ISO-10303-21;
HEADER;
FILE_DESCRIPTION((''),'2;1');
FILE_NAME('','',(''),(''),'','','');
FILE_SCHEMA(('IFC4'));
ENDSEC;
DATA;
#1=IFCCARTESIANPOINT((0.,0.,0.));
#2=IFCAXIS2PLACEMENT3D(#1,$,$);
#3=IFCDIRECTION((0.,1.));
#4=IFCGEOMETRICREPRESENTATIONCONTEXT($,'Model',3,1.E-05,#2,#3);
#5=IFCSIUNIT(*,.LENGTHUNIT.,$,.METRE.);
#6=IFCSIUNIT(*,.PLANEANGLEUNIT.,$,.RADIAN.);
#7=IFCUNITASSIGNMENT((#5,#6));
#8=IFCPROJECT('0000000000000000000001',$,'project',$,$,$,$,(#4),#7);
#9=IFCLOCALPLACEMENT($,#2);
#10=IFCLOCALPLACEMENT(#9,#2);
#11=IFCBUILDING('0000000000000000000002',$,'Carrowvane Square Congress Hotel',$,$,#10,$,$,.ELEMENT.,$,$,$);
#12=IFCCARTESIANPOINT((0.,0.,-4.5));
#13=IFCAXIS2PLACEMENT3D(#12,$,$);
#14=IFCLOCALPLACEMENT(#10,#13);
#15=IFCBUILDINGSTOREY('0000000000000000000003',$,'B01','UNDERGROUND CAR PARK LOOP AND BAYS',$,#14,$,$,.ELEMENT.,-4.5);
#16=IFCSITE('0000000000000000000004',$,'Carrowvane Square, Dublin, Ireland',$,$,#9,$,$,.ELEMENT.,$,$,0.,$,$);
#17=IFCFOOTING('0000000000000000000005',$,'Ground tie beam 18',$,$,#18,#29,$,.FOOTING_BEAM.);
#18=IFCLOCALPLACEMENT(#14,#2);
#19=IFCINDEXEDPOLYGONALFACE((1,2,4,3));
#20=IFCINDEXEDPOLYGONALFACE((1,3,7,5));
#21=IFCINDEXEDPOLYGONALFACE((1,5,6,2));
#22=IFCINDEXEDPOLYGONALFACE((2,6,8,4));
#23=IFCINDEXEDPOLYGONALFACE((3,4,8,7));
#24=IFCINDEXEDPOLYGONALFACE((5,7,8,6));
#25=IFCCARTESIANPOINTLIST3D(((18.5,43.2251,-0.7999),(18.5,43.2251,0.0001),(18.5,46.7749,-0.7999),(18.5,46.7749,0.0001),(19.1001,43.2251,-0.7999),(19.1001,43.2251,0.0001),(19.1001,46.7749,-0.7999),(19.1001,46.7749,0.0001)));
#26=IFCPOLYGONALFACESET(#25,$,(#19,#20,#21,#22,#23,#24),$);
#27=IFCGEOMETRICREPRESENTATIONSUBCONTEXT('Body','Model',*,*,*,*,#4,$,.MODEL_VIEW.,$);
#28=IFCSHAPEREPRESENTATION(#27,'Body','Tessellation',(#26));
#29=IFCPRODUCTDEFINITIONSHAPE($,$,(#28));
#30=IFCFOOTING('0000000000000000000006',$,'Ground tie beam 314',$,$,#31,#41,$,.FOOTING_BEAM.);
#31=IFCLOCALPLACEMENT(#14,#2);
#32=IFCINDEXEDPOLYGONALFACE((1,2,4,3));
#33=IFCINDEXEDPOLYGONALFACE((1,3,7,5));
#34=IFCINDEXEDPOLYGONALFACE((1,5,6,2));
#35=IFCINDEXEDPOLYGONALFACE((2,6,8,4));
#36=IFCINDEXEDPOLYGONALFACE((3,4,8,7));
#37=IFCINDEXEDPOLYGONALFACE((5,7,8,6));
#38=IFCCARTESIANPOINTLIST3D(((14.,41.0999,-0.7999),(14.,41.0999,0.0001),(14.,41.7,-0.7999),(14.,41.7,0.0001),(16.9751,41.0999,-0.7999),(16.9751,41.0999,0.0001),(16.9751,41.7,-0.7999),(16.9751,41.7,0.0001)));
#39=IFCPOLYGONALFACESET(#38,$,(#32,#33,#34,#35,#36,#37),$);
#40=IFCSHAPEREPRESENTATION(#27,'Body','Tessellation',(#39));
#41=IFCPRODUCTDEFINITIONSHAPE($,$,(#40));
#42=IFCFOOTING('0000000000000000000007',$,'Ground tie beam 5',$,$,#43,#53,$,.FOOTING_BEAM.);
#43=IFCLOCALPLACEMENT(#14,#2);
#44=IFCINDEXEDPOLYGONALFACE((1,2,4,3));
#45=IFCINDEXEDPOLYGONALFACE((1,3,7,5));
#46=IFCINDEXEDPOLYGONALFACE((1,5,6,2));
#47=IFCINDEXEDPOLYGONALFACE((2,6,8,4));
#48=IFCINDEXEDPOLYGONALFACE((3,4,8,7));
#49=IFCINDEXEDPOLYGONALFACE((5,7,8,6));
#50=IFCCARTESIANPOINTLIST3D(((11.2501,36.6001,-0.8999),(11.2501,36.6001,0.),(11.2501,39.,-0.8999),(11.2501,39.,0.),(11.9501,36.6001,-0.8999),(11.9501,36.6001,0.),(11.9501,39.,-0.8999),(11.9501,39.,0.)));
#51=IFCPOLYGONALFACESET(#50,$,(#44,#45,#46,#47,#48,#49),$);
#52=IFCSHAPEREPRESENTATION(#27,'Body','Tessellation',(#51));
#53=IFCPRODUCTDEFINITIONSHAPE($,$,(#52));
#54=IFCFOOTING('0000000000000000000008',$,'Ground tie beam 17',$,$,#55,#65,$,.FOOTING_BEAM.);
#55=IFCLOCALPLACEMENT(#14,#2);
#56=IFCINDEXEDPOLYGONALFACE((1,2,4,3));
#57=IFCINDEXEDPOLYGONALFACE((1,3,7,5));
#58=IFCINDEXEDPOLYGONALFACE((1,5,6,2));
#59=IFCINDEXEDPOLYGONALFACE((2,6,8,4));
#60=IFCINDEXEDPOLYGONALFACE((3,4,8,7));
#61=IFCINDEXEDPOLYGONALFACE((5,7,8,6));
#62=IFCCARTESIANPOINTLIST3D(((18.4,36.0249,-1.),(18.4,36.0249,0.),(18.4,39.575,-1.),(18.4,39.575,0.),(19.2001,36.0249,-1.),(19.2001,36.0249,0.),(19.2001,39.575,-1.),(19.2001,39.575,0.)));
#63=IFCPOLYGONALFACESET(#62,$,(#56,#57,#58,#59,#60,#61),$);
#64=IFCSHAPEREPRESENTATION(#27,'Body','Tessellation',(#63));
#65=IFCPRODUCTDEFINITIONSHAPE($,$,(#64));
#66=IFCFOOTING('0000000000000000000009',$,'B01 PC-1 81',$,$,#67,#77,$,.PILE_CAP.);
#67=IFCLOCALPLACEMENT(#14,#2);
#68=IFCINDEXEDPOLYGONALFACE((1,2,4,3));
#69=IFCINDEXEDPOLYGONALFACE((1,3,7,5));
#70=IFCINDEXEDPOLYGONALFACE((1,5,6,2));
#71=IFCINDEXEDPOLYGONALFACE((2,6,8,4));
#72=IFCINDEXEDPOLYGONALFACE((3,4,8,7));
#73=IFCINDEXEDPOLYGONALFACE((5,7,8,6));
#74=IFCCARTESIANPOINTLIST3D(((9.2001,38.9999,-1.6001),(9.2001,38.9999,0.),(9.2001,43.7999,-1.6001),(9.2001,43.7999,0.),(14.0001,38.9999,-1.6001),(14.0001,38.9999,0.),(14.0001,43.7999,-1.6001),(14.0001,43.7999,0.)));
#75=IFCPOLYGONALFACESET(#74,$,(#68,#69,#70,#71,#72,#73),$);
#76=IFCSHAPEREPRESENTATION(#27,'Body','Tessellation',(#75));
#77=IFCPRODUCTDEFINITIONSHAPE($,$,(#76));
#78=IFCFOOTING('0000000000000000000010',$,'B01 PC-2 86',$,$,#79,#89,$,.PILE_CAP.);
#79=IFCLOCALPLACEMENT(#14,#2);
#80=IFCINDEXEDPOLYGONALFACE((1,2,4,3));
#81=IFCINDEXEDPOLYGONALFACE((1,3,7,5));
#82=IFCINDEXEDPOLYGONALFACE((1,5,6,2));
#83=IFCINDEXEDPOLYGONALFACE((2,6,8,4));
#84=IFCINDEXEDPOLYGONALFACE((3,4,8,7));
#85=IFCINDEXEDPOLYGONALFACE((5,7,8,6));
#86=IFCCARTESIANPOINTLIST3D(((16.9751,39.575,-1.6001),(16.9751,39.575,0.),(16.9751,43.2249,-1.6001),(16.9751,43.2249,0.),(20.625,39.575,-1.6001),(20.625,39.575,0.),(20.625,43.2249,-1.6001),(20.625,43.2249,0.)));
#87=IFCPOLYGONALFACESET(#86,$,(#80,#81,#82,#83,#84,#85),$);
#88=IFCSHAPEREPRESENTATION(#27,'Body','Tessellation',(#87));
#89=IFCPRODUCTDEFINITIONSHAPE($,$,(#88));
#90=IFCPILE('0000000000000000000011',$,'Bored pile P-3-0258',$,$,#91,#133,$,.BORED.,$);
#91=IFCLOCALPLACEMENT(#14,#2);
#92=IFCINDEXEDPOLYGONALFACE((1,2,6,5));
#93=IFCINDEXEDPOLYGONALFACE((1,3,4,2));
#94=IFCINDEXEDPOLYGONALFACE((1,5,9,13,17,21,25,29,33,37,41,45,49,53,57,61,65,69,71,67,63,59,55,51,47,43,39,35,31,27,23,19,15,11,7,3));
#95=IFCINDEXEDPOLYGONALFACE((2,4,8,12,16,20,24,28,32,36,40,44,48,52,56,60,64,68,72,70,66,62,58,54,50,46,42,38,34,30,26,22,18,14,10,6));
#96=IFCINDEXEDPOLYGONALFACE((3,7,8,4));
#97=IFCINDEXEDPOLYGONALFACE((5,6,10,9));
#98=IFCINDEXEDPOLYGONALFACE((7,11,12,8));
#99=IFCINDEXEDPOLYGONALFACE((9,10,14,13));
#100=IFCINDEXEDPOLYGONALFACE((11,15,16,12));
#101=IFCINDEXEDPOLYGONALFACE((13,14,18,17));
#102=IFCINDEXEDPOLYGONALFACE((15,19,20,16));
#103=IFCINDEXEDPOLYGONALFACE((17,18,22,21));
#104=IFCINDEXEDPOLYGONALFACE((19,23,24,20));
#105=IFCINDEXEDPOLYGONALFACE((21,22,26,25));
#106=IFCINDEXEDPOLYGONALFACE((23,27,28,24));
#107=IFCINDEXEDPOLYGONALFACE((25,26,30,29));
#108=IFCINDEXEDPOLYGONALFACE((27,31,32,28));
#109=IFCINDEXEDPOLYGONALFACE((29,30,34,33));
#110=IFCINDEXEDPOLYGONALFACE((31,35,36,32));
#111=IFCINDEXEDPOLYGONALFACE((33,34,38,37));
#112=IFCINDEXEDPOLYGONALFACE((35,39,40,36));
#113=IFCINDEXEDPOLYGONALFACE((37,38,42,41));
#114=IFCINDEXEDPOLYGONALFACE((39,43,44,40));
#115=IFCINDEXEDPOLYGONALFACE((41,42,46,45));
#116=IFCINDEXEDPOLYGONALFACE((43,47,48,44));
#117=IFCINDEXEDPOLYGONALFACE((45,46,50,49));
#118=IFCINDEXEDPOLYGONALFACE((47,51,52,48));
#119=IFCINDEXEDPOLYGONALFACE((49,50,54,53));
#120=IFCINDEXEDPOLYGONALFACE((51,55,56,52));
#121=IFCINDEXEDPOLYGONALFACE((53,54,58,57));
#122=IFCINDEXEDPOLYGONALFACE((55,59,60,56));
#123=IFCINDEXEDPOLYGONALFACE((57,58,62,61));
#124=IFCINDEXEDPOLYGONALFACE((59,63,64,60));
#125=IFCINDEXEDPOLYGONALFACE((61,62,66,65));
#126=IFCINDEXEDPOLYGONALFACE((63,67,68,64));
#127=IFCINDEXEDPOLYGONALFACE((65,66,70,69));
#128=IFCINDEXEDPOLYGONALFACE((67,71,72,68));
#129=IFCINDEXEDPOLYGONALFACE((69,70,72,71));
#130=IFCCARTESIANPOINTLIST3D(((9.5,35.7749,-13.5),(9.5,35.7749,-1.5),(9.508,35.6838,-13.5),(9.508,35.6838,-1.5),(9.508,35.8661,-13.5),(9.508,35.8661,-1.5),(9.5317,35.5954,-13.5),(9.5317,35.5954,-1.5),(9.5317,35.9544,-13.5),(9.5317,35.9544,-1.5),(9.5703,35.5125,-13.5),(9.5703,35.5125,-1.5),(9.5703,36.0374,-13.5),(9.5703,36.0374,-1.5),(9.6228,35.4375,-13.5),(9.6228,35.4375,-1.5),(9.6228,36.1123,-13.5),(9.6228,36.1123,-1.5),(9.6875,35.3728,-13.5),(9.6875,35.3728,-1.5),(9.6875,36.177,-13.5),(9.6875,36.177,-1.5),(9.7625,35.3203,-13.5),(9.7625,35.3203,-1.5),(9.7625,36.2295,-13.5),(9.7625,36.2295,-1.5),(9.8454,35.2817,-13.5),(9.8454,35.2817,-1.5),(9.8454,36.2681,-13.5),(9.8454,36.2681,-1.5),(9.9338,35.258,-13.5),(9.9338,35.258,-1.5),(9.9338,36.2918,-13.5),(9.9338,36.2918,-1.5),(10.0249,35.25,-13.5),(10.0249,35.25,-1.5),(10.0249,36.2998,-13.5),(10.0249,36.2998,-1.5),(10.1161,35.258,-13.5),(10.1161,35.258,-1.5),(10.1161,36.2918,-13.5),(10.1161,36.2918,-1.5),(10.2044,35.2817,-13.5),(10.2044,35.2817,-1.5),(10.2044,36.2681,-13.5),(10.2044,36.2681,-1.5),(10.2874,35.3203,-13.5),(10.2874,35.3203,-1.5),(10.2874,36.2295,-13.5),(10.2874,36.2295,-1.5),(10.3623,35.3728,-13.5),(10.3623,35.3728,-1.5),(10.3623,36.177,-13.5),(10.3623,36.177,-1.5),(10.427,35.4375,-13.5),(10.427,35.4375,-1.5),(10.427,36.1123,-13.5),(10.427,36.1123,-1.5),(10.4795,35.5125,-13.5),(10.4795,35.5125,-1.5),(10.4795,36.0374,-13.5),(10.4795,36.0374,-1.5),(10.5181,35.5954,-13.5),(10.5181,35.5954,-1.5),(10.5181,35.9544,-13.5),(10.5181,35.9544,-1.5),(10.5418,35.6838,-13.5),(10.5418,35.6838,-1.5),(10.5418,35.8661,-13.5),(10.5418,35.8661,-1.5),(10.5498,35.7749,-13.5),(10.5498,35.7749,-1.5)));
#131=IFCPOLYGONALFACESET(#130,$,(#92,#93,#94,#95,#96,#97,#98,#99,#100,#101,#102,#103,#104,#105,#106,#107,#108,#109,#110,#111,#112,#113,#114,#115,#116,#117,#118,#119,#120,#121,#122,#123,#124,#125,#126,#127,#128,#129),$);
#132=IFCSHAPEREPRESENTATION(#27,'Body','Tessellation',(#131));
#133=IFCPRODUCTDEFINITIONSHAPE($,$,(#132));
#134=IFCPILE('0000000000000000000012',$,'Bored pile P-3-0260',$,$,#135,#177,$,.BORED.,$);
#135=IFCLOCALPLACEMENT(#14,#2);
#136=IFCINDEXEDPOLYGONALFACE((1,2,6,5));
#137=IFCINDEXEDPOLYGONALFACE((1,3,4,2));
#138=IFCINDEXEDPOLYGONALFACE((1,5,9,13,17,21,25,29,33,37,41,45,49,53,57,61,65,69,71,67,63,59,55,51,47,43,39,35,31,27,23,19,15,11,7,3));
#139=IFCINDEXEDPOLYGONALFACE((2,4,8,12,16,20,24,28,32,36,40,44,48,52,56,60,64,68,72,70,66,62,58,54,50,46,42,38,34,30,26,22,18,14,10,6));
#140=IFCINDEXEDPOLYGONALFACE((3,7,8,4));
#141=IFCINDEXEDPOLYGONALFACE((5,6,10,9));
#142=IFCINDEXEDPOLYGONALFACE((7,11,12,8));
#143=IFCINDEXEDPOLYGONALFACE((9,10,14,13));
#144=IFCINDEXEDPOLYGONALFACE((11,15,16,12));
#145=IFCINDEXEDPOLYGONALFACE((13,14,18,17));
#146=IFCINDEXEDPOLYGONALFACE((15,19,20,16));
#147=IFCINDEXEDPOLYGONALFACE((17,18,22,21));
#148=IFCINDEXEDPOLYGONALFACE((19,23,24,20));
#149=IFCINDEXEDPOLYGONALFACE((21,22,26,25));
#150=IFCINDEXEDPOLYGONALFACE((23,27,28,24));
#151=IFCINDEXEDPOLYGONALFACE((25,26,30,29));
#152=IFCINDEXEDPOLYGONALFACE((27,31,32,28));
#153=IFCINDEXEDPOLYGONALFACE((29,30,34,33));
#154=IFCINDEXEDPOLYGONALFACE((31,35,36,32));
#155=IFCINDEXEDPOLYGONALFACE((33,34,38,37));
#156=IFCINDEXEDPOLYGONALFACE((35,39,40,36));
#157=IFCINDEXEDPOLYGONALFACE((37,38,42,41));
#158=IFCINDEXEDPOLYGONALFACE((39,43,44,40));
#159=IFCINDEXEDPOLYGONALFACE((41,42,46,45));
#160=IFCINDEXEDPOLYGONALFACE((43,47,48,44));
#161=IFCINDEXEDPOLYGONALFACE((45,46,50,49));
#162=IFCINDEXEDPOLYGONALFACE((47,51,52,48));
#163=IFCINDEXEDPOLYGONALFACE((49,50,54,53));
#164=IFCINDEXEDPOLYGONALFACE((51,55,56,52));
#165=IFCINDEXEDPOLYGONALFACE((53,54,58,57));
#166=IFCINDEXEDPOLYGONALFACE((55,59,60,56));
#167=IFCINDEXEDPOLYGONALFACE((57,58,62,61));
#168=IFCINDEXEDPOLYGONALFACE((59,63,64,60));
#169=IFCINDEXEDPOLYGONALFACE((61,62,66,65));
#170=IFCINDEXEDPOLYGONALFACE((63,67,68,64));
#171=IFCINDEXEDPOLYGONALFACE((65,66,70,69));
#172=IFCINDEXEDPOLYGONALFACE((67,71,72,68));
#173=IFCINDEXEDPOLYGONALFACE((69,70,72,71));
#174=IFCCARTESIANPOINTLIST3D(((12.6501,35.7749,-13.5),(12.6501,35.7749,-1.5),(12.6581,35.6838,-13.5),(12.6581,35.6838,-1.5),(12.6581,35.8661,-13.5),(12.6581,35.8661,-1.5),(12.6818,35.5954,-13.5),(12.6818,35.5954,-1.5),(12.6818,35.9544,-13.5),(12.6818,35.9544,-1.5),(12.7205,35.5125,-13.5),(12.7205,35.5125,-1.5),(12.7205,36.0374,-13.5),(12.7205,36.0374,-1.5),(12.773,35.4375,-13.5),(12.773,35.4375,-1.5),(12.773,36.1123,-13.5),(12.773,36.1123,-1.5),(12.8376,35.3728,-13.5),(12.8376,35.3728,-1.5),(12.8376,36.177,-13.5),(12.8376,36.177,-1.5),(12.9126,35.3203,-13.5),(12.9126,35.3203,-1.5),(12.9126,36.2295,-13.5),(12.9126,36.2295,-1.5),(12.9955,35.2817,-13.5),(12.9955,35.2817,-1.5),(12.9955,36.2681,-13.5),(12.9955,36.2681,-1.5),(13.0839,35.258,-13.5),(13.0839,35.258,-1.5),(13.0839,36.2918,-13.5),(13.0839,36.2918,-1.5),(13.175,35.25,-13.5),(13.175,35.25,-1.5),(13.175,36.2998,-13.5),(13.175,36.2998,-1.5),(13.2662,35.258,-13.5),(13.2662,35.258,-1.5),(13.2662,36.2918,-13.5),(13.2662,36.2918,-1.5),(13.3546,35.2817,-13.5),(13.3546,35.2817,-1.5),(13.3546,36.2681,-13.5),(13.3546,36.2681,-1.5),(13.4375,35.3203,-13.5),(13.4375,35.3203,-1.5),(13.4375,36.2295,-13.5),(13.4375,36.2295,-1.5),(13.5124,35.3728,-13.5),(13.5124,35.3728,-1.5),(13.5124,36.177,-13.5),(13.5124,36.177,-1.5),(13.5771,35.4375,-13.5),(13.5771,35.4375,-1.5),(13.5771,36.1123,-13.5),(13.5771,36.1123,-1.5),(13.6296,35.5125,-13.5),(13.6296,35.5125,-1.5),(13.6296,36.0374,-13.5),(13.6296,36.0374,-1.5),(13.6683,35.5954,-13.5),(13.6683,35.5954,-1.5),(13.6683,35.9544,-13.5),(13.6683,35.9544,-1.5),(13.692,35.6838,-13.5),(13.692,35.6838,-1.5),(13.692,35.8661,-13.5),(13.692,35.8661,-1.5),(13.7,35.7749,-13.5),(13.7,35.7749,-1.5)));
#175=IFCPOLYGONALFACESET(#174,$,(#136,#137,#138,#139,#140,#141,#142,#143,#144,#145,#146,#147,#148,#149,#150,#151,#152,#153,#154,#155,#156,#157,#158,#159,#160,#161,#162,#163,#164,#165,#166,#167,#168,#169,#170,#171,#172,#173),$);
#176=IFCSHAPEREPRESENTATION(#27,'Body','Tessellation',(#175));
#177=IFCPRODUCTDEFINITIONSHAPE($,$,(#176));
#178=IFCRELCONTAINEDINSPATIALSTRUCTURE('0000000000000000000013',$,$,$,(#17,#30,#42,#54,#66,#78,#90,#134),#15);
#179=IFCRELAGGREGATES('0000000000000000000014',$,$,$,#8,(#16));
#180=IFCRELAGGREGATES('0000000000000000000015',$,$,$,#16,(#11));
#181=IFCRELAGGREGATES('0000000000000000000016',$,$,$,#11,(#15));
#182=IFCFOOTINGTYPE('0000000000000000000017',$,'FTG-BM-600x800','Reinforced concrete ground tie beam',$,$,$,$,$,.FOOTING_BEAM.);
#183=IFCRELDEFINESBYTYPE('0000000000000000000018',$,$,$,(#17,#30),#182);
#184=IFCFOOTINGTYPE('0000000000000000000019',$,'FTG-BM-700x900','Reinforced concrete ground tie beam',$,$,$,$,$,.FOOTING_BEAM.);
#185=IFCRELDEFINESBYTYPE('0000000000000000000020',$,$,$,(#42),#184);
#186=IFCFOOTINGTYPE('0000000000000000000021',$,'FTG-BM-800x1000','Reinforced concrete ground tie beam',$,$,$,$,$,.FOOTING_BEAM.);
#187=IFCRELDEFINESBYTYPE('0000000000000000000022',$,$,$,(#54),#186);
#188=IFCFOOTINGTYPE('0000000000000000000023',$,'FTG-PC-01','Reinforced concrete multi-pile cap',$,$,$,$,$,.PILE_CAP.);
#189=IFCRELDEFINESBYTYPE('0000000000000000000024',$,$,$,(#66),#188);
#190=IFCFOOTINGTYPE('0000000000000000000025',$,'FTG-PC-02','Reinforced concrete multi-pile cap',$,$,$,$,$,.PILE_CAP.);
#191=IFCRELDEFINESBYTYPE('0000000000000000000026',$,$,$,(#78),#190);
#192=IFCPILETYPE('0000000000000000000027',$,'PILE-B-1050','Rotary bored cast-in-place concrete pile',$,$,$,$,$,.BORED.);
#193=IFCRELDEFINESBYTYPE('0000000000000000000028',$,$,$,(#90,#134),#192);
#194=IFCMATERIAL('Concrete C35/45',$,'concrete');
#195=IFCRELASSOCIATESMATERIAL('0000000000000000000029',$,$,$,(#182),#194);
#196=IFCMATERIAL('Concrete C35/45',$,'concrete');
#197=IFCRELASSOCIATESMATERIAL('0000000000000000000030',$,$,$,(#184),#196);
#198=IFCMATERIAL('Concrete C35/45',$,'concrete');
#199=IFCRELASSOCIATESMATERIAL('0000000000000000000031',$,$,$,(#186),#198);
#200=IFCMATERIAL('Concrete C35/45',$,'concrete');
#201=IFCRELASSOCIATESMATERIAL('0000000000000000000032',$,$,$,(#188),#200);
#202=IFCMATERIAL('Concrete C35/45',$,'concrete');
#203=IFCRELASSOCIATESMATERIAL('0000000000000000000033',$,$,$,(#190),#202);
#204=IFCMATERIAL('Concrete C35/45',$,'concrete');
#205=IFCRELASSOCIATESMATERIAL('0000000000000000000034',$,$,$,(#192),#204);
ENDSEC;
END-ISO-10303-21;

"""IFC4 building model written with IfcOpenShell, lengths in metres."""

from ifc_helpers import new_model, si_unit, direction, frame, origin, origin_2d, place, context, subcontext, project, spatial, rectangle, circle, extrude, material, material_profile, profile_set, type_object, element, save


model = new_model("IFC4")

# Units and contexts
model_context = context("Model", 3, precision=1e-05, world=origin(), true_north=direction((0.0, 1.0)))
body_context = subcontext(model_context, "Body", "Model", "MODEL_VIEW")
ifc_project = project(units=[si_unit("LENGTHUNIT", "METRE"), si_unit("PLANEANGLEUNIT", "RADIAN")], contexts=[model_context])

# Site, building, storey
site_placement = place(None, origin())
site = spatial("IfcSite", under=ifc_project, at=site_placement, Name="Carrowvane Square, Dublin, Ireland", CompositionType="ELEMENT", RefElevation=0.0)
building_placement = place(site_placement, origin())
building = spatial("IfcBuilding", under=site, at=building_placement, Name="Carrowvane Square Congress Hotel", CompositionType="ELEMENT")
storey_placement = place(building_placement, frame((0.0, 0.0, -4.5)))
storey = spatial("IfcBuildingStorey", under=building, at=storey_placement, Name="B01", Description="UNDERGROUND CAR PARK LOOP AND BAYS", CompositionType="ELEMENT", Elevation=-4.5)

# Footings
ifc_material_1 = material(Name="Concrete C35/45", Category="concrete")
ifc_material_profile_1 = material_profile(ifc_material_1, rectangle(XDim=0.6001, YDim=0.8, at=origin_2d()), Name="RC 600x800")
ifc_profile_set_1 = profile_set([ifc_material_profile_1], Name="Concrete C35/45")
footing_type_1 = type_object("IfcFootingType", Name="FTG-BM-600x800", Description="Reinforced concrete ground tie beam", PredefinedType="FOOTING_BEAM", material=ifc_profile_set_1)
footing_1_placement = place(storey_placement, frame((18.8, 43.2251, -0.3999), z_axis=(0.0, 1.0, 0.0), x_axis=(-1.0, 0.0, 0.0)))
element("IfcFooting", 1, at=footing_1_placement, inside=storey, type_object=footing_type_1, Name="Ground tie beam 18", PredefinedType="FOOTING_BEAM", context=body_context, shape_type="SweptSolid", body=[
    extrude(rectangle(XDim=0.6001, YDim=0.8, at=origin_2d()), origin(), (0.0, 0.0, 1.0), 3.5498),
])
footing_2_placement = place(storey_placement, frame((14.0, 41.3999, -0.3999), z_axis=(1.0, 0.0, 0.0), x_axis=(0.0, 1.0, 0.0)))
element("IfcFooting", 2, at=footing_2_placement, inside=storey, type_object=footing_type_1, Name="Ground tie beam 314", PredefinedType="FOOTING_BEAM", context=body_context, shape_type="SweptSolid", body=[
    extrude(rectangle(XDim=0.6001, YDim=0.8, at=origin_2d()), origin(), (0.0, 0.0, 1.0), 2.9751),
])
ifc_material_2 = material(Name="Concrete C35/45", Category="concrete")
ifc_material_profile_2 = material_profile(ifc_material_2, rectangle(XDim=0.7, YDim=0.8999, at=origin_2d()), Name="RC 700x900")
ifc_profile_set_2 = profile_set([ifc_material_profile_2], Name="Concrete C35/45")
footing_type_2 = type_object("IfcFootingType", Name="FTG-BM-700x900", Description="Reinforced concrete ground tie beam", PredefinedType="FOOTING_BEAM", material=ifc_profile_set_2)
footing_3_placement = place(storey_placement, frame((11.6001, 36.6001, -0.45), z_axis=(0.0, 1.0, 0.0), x_axis=(-1.0, 0.0, 0.0)))
element("IfcFooting", 3, at=footing_3_placement, inside=storey, type_object=footing_type_2, Name="Ground tie beam 5", PredefinedType="FOOTING_BEAM", context=body_context, shape_type="SweptSolid", body=[
    extrude(rectangle(XDim=0.7, YDim=0.8999, at=origin_2d()), origin(), (0.0, 0.0, 1.0), 2.3999),
])
ifc_material_3 = material(Name="Concrete C35/45", Category="concrete")
ifc_material_profile_3 = material_profile(ifc_material_3, rectangle(XDim=0.8, YDim=1.0, at=origin_2d()), Name="RC 800x1000")
ifc_profile_set_3 = profile_set([ifc_material_profile_3], Name="Concrete C35/45")
footing_type_3 = type_object("IfcFootingType", Name="FTG-BM-800x1000", Description="Reinforced concrete ground tie beam", PredefinedType="FOOTING_BEAM", material=ifc_profile_set_3)
footing_4_placement = place(storey_placement, frame((18.8, 36.0249, -0.5), z_axis=(0.0, 1.0, 0.0), x_axis=(-1.0, 0.0, 0.0)))
element("IfcFooting", 4, at=footing_4_placement, inside=storey, type_object=footing_type_3, Name="Ground tie beam 17", PredefinedType="FOOTING_BEAM", context=body_context, shape_type="SweptSolid", body=[
    extrude(rectangle(XDim=0.8, YDim=1.0, at=origin_2d()), origin(), (0.0, 0.0, 1.0), 3.55),
])
ifc_material_4 = material(Name="Concrete C35/45", Category="concrete")
footing_type_4 = type_object("IfcFootingType", Name="FTG-PC-01", Description="Reinforced concrete multi-pile cap", PredefinedType="PILE_CAP", material=ifc_material_4)
footing_5_placement = place(storey_placement, frame((11.6001, 41.3999, -1.6001), z_axis=(0.0, 0.0, 1.0), x_axis=(1.0, 0.0, 0.0)))
element("IfcFooting", 5, at=footing_5_placement, inside=storey, type_object=footing_type_4, Name="B01 PC-1 81", PredefinedType="PILE_CAP", context=body_context, shape_type="SweptSolid", body=[
    extrude(rectangle(XDim=4.8, YDim=4.8, at=origin_2d()), origin(), (0.0, 0.0, 1.0), 1.6001),
])
ifc_material_5 = material(Name="Concrete C35/45", Category="concrete")
footing_type_5 = type_object("IfcFootingType", Name="FTG-PC-02", Description="Reinforced concrete multi-pile cap", PredefinedType="PILE_CAP", material=ifc_material_5)
footing_6_placement = place(storey_placement, frame((18.8, 41.3999, -1.6001), z_axis=(0.0, 0.0, 1.0), x_axis=(1.0, 0.0, 0.0)))
element("IfcFooting", 6, at=footing_6_placement, inside=storey, type_object=footing_type_5, Name="B01 PC-2 86", PredefinedType="PILE_CAP", context=body_context, shape_type="SweptSolid", body=[
    extrude(rectangle(XDim=3.6499, YDim=3.6499, at=origin_2d()), origin(), (0.0, 0.0, 1.0), 1.6001),
])

# Piles
ifc_material_6 = material(Name="Concrete C35/45", Category="concrete")
ifc_material_profile_4 = material_profile(ifc_material_6, circle(Radius=0.5249, at=origin_2d()), Name="PILE D1050")
ifc_profile_set_4 = profile_set([ifc_material_profile_4], Name="Concrete C35/45")
pile_type_1 = type_object("IfcPileType", Name="PILE-B-1050", Description="Rotary bored cast-in-place concrete pile", PredefinedType="BORED", material=ifc_profile_set_4)
for number, where, z_axis, x_axis, name in (
    (7, (10.0249, 35.7749, -1.5), (0.0, 0.0, -1.0), (1.0, 0.0, 0.0), "Bored pile P-3-0258"),
    (8, (13.175, 35.7749, -1.5), (0.0, 0.0, -1.0), (1.0, 0.0, 0.0), "Bored pile P-3-0260"),
):
    element("IfcPile", number, at=place(storey_placement, frame(where, z_axis=z_axis, x_axis=x_axis)), inside=storey, type_object=pile_type_1, Name=name, PredefinedType="BORED", context=body_context, shape_type="SweptSolid", body=[
        extrude(circle(Radius=0.5249, at=origin_2d()), origin(), (0.0, 0.0, 1.0), 12.0),
    ])

save(model, "model.ifc")
